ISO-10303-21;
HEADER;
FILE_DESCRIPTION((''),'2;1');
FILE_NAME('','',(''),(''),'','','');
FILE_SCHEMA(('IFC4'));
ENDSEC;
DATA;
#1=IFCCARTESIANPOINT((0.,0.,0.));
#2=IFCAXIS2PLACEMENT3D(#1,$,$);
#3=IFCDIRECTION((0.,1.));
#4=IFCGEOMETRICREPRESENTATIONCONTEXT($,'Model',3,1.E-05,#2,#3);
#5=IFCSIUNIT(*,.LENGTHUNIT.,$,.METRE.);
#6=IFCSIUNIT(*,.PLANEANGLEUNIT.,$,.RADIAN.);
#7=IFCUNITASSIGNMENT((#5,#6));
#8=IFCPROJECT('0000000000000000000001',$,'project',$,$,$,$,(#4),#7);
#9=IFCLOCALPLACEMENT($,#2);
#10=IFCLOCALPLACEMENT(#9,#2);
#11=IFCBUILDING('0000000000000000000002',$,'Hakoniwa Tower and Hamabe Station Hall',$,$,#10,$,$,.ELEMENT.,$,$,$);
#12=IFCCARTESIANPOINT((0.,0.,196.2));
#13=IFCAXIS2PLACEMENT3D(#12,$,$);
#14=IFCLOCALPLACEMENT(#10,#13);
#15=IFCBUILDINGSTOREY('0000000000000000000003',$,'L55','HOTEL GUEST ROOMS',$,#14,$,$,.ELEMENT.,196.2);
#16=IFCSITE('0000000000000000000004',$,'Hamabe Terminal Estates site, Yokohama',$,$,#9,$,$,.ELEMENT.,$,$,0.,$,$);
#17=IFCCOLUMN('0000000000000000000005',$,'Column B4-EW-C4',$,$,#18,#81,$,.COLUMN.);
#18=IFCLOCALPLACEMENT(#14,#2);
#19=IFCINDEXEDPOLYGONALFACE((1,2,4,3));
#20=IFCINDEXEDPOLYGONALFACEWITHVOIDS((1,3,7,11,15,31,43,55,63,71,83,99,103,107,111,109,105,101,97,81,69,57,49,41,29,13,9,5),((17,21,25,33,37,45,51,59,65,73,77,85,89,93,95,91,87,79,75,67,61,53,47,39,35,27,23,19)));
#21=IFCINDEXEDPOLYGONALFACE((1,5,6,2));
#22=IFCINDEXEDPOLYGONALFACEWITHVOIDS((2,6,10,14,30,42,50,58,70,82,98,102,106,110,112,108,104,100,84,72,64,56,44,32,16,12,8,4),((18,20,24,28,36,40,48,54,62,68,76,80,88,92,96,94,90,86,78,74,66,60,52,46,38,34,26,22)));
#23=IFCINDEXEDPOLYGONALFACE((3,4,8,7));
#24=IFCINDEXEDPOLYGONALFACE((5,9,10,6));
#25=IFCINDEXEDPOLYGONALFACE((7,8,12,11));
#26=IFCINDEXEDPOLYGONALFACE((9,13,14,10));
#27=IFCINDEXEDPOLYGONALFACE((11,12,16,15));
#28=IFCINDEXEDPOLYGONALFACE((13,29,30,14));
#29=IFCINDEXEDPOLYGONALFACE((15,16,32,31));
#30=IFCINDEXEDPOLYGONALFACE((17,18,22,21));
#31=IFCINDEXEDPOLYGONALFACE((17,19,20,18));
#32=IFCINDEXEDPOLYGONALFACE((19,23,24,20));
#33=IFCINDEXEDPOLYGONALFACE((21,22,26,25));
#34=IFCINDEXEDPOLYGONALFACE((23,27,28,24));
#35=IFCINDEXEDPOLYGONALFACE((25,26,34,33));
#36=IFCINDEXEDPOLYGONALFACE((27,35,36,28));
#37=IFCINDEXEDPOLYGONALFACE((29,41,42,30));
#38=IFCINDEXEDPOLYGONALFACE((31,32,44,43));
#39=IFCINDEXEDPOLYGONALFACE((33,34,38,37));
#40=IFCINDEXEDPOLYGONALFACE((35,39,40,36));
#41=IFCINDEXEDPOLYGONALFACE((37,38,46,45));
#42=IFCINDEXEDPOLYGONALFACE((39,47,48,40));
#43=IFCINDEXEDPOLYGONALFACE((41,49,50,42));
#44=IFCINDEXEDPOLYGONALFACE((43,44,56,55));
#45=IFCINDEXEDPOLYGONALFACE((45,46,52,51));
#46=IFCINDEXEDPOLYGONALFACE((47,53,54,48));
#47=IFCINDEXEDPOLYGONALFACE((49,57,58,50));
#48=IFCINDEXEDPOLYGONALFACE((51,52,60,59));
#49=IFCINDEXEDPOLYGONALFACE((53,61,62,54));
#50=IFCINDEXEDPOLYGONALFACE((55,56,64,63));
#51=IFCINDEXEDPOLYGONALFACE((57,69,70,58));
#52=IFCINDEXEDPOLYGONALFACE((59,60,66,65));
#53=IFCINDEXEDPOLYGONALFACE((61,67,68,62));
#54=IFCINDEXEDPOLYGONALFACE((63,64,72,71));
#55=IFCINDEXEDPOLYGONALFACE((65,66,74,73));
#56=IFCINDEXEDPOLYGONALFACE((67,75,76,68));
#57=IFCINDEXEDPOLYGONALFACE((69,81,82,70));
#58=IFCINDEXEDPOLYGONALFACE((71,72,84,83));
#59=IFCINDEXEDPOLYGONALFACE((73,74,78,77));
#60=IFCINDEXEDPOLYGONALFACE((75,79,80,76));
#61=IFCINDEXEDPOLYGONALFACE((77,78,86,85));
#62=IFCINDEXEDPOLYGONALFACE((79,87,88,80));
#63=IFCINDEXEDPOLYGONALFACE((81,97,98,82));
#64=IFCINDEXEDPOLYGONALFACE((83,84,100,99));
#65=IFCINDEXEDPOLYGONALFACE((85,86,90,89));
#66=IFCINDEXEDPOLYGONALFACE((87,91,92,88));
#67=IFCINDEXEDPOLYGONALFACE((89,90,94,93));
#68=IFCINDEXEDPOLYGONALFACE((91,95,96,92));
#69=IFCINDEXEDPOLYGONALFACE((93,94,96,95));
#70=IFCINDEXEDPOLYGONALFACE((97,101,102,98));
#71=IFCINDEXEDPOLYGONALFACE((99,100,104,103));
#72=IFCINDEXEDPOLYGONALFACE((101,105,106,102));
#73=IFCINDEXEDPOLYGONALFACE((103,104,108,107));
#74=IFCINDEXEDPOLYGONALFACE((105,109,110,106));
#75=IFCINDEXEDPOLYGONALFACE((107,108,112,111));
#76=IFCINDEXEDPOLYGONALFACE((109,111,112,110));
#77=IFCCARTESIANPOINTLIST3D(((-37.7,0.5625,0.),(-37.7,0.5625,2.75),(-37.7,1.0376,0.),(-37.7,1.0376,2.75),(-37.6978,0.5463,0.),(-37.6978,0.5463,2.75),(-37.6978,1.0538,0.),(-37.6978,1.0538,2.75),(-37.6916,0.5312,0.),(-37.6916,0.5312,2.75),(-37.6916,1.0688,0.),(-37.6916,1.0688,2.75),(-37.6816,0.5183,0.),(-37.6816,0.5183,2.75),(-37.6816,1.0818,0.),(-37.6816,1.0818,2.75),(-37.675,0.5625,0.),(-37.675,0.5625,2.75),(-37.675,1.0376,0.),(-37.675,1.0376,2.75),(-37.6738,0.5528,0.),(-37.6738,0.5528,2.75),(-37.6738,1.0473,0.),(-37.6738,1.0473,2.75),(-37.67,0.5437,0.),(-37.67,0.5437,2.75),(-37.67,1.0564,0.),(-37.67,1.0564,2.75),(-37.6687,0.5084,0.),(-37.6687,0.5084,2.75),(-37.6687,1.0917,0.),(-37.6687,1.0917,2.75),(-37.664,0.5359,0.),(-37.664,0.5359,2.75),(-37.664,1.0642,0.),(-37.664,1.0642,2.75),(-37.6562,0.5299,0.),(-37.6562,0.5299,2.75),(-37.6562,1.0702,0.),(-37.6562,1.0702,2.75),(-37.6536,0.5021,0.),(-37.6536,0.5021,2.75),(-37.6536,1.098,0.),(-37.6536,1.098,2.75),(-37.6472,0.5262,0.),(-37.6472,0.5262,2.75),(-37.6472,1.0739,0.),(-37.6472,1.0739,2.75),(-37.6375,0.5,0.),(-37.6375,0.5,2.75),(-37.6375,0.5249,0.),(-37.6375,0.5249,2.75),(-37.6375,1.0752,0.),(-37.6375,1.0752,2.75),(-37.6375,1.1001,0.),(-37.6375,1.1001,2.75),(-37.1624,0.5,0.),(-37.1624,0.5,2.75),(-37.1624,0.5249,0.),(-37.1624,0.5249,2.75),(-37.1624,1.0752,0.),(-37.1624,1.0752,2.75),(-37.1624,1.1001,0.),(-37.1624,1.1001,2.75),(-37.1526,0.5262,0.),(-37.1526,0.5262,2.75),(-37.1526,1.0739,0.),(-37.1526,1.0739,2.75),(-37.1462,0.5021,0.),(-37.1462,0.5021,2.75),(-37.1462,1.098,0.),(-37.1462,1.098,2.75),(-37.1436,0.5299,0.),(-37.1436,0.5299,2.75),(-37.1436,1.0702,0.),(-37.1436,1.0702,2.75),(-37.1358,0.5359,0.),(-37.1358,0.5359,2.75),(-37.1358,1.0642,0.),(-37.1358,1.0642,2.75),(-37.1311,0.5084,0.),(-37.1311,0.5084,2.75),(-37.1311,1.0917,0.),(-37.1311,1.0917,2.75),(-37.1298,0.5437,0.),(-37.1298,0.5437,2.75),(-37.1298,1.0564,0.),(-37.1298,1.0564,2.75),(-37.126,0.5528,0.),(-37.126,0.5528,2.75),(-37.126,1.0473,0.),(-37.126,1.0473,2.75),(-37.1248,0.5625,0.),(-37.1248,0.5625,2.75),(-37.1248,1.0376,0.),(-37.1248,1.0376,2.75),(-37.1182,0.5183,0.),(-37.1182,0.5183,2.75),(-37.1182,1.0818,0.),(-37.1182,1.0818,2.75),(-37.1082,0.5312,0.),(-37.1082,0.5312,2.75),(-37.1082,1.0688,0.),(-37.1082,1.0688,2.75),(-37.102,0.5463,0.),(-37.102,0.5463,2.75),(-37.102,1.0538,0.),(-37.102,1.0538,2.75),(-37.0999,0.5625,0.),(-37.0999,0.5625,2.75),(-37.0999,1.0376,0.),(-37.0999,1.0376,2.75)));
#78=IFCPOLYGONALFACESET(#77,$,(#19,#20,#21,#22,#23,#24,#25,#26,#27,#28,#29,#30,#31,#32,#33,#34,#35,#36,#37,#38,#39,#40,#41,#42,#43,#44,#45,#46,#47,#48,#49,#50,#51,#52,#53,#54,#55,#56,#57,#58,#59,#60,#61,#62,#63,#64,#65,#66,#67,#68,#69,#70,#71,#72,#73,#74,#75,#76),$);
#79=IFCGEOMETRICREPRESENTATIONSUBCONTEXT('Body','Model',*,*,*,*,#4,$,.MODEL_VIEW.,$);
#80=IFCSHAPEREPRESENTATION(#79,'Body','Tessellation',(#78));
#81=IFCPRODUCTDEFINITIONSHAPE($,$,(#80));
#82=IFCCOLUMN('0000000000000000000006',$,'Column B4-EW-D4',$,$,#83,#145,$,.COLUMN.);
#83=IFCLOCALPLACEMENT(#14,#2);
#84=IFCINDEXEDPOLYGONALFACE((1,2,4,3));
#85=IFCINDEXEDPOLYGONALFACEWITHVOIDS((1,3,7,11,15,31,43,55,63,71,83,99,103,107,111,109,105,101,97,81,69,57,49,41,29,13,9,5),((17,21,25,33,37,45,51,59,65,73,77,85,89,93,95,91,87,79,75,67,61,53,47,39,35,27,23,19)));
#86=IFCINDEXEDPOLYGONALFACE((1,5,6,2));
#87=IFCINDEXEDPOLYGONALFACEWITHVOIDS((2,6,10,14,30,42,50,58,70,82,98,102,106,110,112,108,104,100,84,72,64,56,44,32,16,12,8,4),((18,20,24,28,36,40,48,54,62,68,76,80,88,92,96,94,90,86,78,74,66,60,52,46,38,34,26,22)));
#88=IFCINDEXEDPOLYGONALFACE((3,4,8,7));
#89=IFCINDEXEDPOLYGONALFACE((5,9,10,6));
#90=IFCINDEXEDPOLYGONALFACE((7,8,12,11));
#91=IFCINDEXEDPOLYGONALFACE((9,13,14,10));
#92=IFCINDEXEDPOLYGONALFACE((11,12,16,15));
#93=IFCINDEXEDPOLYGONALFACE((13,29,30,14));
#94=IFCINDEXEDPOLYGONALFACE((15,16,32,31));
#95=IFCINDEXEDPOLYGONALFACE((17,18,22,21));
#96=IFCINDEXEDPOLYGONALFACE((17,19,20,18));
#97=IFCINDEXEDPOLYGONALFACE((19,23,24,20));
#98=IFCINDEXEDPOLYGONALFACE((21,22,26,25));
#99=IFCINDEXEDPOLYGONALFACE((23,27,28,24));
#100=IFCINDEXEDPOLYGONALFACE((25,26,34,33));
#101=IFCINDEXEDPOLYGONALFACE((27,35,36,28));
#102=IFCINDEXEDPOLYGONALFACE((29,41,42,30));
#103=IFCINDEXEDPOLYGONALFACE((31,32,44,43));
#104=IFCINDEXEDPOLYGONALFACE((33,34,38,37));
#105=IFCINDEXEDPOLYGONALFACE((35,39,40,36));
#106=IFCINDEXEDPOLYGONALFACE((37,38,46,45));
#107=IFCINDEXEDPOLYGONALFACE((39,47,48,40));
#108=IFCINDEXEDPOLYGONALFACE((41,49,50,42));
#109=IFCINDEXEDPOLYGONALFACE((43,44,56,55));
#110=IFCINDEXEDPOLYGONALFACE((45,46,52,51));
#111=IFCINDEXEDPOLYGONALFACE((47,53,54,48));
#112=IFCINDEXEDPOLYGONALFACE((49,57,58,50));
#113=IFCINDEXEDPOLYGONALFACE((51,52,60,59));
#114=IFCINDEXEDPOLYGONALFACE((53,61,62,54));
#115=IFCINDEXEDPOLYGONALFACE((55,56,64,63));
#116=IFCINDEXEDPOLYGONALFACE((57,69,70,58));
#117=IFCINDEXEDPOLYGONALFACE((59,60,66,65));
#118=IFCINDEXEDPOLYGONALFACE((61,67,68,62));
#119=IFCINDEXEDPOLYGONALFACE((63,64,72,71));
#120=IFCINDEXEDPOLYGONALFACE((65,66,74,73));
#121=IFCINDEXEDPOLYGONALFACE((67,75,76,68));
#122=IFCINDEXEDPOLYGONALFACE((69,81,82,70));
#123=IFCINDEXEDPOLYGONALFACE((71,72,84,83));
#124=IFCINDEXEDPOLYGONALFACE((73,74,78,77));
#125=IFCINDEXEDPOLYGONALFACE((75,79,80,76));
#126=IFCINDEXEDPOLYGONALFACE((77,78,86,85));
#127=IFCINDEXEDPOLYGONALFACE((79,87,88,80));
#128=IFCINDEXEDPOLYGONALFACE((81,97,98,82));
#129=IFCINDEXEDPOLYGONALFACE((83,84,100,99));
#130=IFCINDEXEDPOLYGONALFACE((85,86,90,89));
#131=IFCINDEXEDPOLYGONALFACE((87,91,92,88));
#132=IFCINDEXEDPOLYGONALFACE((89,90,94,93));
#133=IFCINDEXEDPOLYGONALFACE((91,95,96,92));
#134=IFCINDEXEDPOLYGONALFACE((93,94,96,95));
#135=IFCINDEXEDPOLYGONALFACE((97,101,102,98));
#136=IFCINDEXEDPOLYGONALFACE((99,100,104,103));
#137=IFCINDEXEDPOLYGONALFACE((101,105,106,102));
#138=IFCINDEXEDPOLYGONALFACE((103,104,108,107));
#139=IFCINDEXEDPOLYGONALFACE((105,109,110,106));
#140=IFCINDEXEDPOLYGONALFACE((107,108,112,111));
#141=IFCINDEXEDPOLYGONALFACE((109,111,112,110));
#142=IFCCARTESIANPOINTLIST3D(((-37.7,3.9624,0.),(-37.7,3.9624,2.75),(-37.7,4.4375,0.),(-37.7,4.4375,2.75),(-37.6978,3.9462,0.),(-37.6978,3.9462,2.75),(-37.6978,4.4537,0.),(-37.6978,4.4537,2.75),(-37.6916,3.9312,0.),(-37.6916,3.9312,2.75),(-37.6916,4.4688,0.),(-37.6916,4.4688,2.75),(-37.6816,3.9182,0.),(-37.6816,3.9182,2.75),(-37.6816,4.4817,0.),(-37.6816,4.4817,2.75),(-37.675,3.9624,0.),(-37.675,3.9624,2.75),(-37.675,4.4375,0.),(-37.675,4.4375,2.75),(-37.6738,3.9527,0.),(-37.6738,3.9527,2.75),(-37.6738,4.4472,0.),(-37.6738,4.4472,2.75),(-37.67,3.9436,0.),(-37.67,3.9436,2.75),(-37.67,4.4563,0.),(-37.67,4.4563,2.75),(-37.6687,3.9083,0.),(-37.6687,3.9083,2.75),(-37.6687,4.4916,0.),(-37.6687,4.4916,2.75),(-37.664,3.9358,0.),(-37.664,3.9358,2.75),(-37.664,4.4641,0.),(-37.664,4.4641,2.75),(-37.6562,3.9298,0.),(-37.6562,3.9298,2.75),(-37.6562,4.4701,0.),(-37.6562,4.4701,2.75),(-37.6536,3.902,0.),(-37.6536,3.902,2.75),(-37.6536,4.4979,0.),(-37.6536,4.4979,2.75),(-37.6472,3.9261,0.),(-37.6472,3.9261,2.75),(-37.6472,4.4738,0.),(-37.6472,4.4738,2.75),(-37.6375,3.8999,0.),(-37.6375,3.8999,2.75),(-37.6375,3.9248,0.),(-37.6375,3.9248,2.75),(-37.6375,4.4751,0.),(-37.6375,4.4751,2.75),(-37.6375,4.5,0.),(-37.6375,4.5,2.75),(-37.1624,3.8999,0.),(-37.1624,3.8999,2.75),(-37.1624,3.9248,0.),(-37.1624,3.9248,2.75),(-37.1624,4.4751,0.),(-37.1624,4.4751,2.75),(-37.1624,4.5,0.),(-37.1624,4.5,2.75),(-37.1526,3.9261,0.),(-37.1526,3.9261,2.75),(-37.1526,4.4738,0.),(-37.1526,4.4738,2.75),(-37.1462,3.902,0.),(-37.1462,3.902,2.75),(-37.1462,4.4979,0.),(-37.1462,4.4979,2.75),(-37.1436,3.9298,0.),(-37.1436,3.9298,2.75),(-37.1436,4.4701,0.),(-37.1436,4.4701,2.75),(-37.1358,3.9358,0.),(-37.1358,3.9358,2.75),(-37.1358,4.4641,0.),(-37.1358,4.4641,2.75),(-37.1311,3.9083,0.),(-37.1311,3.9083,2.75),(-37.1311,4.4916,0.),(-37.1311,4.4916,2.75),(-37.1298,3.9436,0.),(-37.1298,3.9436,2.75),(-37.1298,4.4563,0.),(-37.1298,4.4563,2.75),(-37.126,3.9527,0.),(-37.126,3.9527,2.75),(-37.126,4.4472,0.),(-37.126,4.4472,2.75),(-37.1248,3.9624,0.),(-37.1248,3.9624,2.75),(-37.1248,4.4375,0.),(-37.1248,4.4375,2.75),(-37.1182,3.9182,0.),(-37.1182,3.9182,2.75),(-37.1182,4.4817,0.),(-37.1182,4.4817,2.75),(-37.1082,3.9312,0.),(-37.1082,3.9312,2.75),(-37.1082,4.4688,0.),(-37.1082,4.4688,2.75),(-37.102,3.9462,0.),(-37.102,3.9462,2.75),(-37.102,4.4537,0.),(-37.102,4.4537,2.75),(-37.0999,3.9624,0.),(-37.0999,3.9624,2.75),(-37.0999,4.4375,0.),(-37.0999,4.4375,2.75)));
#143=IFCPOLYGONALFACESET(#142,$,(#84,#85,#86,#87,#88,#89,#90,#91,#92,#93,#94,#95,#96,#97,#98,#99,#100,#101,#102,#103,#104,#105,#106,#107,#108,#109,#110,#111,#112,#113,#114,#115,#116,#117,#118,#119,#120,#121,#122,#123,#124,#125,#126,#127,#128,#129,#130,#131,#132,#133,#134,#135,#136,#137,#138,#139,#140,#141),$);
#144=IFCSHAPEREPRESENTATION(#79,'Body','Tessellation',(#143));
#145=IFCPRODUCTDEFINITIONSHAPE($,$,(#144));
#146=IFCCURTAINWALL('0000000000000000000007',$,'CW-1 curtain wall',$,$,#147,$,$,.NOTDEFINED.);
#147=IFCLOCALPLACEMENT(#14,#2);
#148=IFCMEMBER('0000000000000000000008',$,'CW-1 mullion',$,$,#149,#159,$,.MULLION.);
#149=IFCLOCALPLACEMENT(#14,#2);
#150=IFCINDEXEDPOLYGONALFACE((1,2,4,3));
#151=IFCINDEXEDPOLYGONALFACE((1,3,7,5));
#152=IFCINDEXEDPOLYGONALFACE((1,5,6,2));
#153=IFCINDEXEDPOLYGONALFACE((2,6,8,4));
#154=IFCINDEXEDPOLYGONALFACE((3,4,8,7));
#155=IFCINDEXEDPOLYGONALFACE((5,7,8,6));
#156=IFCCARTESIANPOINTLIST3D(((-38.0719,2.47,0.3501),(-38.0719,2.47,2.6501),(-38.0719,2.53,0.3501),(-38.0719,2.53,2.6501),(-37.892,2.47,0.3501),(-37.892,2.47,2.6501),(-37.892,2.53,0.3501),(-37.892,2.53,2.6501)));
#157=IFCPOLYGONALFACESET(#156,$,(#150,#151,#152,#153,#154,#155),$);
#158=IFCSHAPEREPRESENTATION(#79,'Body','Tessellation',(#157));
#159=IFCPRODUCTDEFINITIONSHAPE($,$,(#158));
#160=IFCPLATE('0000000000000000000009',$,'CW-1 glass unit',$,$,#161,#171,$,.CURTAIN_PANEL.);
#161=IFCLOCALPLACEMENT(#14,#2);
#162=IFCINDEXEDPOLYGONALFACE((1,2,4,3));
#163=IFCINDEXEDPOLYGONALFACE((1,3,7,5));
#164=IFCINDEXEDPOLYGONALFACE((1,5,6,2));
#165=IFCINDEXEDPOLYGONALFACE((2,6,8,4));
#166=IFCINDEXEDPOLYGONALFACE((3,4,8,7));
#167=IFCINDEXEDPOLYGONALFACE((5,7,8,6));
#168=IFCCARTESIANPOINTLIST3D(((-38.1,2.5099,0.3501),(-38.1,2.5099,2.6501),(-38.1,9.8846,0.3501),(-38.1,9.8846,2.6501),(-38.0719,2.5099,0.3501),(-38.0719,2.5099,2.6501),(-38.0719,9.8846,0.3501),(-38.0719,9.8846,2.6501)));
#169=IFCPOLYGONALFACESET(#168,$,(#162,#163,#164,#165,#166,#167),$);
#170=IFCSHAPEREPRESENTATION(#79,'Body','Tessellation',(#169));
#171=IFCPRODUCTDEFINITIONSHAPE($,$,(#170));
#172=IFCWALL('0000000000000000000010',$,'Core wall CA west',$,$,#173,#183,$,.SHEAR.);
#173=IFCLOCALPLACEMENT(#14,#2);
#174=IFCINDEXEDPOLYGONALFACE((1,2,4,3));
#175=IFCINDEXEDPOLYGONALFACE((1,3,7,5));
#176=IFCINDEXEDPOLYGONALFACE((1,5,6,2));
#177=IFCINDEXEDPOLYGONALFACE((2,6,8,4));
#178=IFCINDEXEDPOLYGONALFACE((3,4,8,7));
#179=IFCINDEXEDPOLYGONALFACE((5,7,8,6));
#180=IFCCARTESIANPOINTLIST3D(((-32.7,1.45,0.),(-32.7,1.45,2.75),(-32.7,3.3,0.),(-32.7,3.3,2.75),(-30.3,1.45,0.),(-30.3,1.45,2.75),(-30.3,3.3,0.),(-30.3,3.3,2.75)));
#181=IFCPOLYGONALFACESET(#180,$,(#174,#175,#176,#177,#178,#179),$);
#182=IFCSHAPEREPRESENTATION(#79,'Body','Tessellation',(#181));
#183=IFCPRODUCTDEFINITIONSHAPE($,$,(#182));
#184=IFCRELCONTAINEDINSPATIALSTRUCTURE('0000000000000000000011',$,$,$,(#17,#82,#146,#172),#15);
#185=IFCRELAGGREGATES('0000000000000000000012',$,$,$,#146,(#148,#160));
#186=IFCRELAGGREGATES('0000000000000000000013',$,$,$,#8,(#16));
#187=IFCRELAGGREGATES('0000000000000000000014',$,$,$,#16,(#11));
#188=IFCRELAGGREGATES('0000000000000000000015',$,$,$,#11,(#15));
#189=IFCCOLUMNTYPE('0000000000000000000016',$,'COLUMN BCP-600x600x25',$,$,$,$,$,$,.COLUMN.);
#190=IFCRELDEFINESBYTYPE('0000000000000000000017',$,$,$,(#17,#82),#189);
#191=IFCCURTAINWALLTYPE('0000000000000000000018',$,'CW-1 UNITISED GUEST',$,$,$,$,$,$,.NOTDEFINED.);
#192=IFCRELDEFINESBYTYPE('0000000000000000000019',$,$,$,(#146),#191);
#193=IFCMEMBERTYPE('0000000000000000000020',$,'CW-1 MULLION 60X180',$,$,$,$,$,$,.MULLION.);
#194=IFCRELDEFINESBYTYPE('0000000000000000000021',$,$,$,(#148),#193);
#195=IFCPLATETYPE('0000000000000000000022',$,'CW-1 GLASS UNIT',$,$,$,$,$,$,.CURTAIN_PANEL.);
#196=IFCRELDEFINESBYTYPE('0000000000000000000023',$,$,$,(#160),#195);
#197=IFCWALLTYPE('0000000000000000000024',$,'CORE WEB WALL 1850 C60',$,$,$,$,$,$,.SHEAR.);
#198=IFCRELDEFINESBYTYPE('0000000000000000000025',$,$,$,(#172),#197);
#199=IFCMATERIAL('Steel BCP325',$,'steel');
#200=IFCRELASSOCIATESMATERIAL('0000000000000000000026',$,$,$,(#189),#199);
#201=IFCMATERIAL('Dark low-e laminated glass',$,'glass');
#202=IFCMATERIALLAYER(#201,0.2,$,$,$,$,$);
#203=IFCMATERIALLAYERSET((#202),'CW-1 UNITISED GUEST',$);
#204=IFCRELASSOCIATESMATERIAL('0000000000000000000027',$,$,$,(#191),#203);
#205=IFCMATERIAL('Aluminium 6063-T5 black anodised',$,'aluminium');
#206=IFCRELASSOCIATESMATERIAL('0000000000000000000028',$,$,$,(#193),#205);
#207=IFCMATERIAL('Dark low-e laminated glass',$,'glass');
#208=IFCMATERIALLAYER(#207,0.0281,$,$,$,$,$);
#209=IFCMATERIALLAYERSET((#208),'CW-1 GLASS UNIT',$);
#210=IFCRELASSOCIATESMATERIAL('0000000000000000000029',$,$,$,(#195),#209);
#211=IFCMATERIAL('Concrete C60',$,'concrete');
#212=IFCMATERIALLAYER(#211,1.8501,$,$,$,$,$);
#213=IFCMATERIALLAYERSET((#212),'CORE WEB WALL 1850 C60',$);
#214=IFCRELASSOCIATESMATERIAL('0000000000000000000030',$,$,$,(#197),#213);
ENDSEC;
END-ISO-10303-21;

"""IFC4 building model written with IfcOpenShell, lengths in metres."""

from ifc_helpers import new_model, si_unit, direction, frame, frame_2d, origin, origin_2d, place, context, subcontext, project, spatial, rectangle, hollow_rectangle, extrude, material, layer, layer_set, material_profile, profile_set, type_object, element, aggregate, save


model = new_model("IFC4")

# Units and contexts
model_context = context("Model", 3, precision=1e-05, world=origin(), true_north=direction((0.0, 1.0)))
body_context = subcontext(model_context, "Body", "Model", "MODEL_VIEW")
ifc_project = project(units=[si_unit("LENGTHUNIT", "METRE"), si_unit("PLANEANGLEUNIT", "RADIAN")], contexts=[model_context])

# Site, building, storey
site_placement = place(None, origin())
site = spatial("IfcSite", under=ifc_project, at=site_placement, Name="Hamabe Terminal Estates site, Yokohama", CompositionType="ELEMENT", RefElevation=0.0)
building_placement = place(site_placement, origin())
building = spatial("IfcBuilding", under=site, at=building_placement, Name="Hakoniwa Tower and Hamabe Station Hall", CompositionType="ELEMENT")
storey_placement = place(building_placement, frame((0.0, 0.0, 196.2)))
storey = spatial("IfcBuildingStorey", under=building, at=storey_placement, Name="L55", Description="HOTEL GUEST ROOMS", CompositionType="ELEMENT", Elevation=196.2)

# Columns
ifc_material_1 = material(Name="Steel BCP325", Category="steel")
ifc_material_profile_1 = material_profile(ifc_material_1, hollow_rectangle(XDim=0.6001, YDim=0.6001, WallThickness=0.0249, InnerFilletRadius=0.0376, OuterFilletRadius=0.0625, at=origin_2d()), Name="BCP-600x600x25")
ifc_profile_set_1 = profile_set([ifc_material_profile_1], Name="Steel BCP325")
column_type = type_object("IfcColumnType", Name="COLUMN BCP-600x600x25", PredefinedType="COLUMN", material=ifc_profile_set_1)
for number, where, z_axis, x_axis, name in (
    (1, (-37.3999, 0.8, 0.0), (0.0, 0.0, 1.0), (1.0, 0.0, 0.0), "Column B4-EW-C4"),
    (2, (-37.3999, 4.2, 0.0), (0.0, 0.0, 1.0), (1.0, 0.0, 0.0), "Column B4-EW-D4"),
):
    element("IfcColumn", number, at=place(storey_placement, frame(where, z_axis=z_axis, x_axis=x_axis)), inside=storey, type_object=column_type, Name=name, PredefinedType="COLUMN", context=body_context, shape_type="SweptSolid", body=[
        extrude(hollow_rectangle(XDim=0.6001, YDim=0.6001, WallThickness=0.0249, InnerFilletRadius=0.0376, OuterFilletRadius=0.0625, at=origin_2d()), origin(), (0.0, 0.0, 1.0), 2.75),
    ])

# Curtain wall, member, plate
ifc_material_2 = material(Name="Dark low-e laminated glass", Category="glass")
ifc_layer_1 = layer(ifc_material_2, 0.2)
ifc_layer_set_1 = layer_set([ifc_layer_1], Name="CW-1 UNITISED GUEST")
curtain_wall_type = type_object("IfcCurtainWallType", Name="CW-1 UNITISED GUEST", PredefinedType="NOTDEFINED", material=ifc_layer_set_1)
curtain_wall_placement = place(storey_placement, origin())
curtain_wall = element("IfcCurtainWall", 3, at=curtain_wall_placement, inside=storey, type_object=curtain_wall_type, Name="CW-1 curtain wall", PredefinedType="NOTDEFINED")
ifc_material_3 = material(Name="Aluminium 6063-T5 black anodised", Category="aluminium")
ifc_material_profile_2 = material_profile(ifc_material_3, rectangle(XDim=0.0601, YDim=0.1799, at=origin_2d()), Name="CW-1 MULLION 60X180")
ifc_profile_set_2 = profile_set([ifc_material_profile_2], Name="Aluminium 6063-T5 black anodised")
member_type = type_object("IfcMemberType", Name="CW-1 MULLION 60X180", PredefinedType="MULLION", material=ifc_profile_set_2)
member_placement = place(storey_placement, frame((-37.9819, 2.5, 0.3501), z_axis=(0.0, 0.0, 1.0), x_axis=(0.0, -1.0, 0.0)))
member = element("IfcMember", 4, at=member_placement, type_object=member_type, Name="CW-1 mullion", PredefinedType="MULLION", context=body_context, shape_type="SweptSolid", body=[
    extrude(rectangle(XDim=0.0601, YDim=0.1799, at=origin_2d()), origin(), (0.0, 0.0, 1.0), 2.3),
])
ifc_material_4 = material(Name="Dark low-e laminated glass", Category="glass")
ifc_layer_2 = layer(ifc_material_4, 0.0281)
ifc_layer_set_2 = layer_set([ifc_layer_2], Name="CW-1 GLASS UNIT")
plate_type = type_object("IfcPlateType", Name="CW-1 GLASS UNIT", PredefinedType="CURTAIN_PANEL", material=ifc_layer_set_2)
plate_placement = place(storey_placement, frame((-38.0859, 6.1973, 0.3501), z_axis=(0.0, 0.0, 1.0), x_axis=(0.0, -1.0, 0.0)))
plate = element("IfcPlate", 5, at=plate_placement, type_object=plate_type, Name="CW-1 glass unit", PredefinedType="CURTAIN_PANEL", context=body_context, shape_type="SweptSolid", body=[
    extrude(rectangle(XDim=7.3748, YDim=0.0281, at=origin_2d()), origin(), (0.0, 0.0, 1.0), 2.3),
])
aggregate(curtain_wall, [member, plate])

# Wall
ifc_material_5 = material(Name="Concrete C60", Category="concrete")
ifc_layer_3 = layer(ifc_material_5, 1.8501)
ifc_layer_set_3 = layer_set([ifc_layer_3], Name="CORE WEB WALL 1850 C60")
wall_type_1 = type_object("IfcWallType", Name="CORE WEB WALL 1850 C60", PredefinedType="SHEAR", material=ifc_layer_set_3)
wall_1_placement = place(storey_placement, frame((-32.7, 2.375, 0.0), z_axis=(0.0, 0.0, 1.0), x_axis=(1.0, 0.0, 0.0)))
element("IfcWall", 6, at=wall_1_placement, inside=storey, type_object=wall_type_1, Name="Core wall CA west", PredefinedType="SHEAR", context=body_context, shape_type="SweptSolid", body=[
    extrude(rectangle(XDim=2.3999, YDim=1.8501, at=frame_2d((1.2, 0.0))), origin(), (0.0, 0.0, 1.0), 2.75),
])

save(model, "model.ifc")
